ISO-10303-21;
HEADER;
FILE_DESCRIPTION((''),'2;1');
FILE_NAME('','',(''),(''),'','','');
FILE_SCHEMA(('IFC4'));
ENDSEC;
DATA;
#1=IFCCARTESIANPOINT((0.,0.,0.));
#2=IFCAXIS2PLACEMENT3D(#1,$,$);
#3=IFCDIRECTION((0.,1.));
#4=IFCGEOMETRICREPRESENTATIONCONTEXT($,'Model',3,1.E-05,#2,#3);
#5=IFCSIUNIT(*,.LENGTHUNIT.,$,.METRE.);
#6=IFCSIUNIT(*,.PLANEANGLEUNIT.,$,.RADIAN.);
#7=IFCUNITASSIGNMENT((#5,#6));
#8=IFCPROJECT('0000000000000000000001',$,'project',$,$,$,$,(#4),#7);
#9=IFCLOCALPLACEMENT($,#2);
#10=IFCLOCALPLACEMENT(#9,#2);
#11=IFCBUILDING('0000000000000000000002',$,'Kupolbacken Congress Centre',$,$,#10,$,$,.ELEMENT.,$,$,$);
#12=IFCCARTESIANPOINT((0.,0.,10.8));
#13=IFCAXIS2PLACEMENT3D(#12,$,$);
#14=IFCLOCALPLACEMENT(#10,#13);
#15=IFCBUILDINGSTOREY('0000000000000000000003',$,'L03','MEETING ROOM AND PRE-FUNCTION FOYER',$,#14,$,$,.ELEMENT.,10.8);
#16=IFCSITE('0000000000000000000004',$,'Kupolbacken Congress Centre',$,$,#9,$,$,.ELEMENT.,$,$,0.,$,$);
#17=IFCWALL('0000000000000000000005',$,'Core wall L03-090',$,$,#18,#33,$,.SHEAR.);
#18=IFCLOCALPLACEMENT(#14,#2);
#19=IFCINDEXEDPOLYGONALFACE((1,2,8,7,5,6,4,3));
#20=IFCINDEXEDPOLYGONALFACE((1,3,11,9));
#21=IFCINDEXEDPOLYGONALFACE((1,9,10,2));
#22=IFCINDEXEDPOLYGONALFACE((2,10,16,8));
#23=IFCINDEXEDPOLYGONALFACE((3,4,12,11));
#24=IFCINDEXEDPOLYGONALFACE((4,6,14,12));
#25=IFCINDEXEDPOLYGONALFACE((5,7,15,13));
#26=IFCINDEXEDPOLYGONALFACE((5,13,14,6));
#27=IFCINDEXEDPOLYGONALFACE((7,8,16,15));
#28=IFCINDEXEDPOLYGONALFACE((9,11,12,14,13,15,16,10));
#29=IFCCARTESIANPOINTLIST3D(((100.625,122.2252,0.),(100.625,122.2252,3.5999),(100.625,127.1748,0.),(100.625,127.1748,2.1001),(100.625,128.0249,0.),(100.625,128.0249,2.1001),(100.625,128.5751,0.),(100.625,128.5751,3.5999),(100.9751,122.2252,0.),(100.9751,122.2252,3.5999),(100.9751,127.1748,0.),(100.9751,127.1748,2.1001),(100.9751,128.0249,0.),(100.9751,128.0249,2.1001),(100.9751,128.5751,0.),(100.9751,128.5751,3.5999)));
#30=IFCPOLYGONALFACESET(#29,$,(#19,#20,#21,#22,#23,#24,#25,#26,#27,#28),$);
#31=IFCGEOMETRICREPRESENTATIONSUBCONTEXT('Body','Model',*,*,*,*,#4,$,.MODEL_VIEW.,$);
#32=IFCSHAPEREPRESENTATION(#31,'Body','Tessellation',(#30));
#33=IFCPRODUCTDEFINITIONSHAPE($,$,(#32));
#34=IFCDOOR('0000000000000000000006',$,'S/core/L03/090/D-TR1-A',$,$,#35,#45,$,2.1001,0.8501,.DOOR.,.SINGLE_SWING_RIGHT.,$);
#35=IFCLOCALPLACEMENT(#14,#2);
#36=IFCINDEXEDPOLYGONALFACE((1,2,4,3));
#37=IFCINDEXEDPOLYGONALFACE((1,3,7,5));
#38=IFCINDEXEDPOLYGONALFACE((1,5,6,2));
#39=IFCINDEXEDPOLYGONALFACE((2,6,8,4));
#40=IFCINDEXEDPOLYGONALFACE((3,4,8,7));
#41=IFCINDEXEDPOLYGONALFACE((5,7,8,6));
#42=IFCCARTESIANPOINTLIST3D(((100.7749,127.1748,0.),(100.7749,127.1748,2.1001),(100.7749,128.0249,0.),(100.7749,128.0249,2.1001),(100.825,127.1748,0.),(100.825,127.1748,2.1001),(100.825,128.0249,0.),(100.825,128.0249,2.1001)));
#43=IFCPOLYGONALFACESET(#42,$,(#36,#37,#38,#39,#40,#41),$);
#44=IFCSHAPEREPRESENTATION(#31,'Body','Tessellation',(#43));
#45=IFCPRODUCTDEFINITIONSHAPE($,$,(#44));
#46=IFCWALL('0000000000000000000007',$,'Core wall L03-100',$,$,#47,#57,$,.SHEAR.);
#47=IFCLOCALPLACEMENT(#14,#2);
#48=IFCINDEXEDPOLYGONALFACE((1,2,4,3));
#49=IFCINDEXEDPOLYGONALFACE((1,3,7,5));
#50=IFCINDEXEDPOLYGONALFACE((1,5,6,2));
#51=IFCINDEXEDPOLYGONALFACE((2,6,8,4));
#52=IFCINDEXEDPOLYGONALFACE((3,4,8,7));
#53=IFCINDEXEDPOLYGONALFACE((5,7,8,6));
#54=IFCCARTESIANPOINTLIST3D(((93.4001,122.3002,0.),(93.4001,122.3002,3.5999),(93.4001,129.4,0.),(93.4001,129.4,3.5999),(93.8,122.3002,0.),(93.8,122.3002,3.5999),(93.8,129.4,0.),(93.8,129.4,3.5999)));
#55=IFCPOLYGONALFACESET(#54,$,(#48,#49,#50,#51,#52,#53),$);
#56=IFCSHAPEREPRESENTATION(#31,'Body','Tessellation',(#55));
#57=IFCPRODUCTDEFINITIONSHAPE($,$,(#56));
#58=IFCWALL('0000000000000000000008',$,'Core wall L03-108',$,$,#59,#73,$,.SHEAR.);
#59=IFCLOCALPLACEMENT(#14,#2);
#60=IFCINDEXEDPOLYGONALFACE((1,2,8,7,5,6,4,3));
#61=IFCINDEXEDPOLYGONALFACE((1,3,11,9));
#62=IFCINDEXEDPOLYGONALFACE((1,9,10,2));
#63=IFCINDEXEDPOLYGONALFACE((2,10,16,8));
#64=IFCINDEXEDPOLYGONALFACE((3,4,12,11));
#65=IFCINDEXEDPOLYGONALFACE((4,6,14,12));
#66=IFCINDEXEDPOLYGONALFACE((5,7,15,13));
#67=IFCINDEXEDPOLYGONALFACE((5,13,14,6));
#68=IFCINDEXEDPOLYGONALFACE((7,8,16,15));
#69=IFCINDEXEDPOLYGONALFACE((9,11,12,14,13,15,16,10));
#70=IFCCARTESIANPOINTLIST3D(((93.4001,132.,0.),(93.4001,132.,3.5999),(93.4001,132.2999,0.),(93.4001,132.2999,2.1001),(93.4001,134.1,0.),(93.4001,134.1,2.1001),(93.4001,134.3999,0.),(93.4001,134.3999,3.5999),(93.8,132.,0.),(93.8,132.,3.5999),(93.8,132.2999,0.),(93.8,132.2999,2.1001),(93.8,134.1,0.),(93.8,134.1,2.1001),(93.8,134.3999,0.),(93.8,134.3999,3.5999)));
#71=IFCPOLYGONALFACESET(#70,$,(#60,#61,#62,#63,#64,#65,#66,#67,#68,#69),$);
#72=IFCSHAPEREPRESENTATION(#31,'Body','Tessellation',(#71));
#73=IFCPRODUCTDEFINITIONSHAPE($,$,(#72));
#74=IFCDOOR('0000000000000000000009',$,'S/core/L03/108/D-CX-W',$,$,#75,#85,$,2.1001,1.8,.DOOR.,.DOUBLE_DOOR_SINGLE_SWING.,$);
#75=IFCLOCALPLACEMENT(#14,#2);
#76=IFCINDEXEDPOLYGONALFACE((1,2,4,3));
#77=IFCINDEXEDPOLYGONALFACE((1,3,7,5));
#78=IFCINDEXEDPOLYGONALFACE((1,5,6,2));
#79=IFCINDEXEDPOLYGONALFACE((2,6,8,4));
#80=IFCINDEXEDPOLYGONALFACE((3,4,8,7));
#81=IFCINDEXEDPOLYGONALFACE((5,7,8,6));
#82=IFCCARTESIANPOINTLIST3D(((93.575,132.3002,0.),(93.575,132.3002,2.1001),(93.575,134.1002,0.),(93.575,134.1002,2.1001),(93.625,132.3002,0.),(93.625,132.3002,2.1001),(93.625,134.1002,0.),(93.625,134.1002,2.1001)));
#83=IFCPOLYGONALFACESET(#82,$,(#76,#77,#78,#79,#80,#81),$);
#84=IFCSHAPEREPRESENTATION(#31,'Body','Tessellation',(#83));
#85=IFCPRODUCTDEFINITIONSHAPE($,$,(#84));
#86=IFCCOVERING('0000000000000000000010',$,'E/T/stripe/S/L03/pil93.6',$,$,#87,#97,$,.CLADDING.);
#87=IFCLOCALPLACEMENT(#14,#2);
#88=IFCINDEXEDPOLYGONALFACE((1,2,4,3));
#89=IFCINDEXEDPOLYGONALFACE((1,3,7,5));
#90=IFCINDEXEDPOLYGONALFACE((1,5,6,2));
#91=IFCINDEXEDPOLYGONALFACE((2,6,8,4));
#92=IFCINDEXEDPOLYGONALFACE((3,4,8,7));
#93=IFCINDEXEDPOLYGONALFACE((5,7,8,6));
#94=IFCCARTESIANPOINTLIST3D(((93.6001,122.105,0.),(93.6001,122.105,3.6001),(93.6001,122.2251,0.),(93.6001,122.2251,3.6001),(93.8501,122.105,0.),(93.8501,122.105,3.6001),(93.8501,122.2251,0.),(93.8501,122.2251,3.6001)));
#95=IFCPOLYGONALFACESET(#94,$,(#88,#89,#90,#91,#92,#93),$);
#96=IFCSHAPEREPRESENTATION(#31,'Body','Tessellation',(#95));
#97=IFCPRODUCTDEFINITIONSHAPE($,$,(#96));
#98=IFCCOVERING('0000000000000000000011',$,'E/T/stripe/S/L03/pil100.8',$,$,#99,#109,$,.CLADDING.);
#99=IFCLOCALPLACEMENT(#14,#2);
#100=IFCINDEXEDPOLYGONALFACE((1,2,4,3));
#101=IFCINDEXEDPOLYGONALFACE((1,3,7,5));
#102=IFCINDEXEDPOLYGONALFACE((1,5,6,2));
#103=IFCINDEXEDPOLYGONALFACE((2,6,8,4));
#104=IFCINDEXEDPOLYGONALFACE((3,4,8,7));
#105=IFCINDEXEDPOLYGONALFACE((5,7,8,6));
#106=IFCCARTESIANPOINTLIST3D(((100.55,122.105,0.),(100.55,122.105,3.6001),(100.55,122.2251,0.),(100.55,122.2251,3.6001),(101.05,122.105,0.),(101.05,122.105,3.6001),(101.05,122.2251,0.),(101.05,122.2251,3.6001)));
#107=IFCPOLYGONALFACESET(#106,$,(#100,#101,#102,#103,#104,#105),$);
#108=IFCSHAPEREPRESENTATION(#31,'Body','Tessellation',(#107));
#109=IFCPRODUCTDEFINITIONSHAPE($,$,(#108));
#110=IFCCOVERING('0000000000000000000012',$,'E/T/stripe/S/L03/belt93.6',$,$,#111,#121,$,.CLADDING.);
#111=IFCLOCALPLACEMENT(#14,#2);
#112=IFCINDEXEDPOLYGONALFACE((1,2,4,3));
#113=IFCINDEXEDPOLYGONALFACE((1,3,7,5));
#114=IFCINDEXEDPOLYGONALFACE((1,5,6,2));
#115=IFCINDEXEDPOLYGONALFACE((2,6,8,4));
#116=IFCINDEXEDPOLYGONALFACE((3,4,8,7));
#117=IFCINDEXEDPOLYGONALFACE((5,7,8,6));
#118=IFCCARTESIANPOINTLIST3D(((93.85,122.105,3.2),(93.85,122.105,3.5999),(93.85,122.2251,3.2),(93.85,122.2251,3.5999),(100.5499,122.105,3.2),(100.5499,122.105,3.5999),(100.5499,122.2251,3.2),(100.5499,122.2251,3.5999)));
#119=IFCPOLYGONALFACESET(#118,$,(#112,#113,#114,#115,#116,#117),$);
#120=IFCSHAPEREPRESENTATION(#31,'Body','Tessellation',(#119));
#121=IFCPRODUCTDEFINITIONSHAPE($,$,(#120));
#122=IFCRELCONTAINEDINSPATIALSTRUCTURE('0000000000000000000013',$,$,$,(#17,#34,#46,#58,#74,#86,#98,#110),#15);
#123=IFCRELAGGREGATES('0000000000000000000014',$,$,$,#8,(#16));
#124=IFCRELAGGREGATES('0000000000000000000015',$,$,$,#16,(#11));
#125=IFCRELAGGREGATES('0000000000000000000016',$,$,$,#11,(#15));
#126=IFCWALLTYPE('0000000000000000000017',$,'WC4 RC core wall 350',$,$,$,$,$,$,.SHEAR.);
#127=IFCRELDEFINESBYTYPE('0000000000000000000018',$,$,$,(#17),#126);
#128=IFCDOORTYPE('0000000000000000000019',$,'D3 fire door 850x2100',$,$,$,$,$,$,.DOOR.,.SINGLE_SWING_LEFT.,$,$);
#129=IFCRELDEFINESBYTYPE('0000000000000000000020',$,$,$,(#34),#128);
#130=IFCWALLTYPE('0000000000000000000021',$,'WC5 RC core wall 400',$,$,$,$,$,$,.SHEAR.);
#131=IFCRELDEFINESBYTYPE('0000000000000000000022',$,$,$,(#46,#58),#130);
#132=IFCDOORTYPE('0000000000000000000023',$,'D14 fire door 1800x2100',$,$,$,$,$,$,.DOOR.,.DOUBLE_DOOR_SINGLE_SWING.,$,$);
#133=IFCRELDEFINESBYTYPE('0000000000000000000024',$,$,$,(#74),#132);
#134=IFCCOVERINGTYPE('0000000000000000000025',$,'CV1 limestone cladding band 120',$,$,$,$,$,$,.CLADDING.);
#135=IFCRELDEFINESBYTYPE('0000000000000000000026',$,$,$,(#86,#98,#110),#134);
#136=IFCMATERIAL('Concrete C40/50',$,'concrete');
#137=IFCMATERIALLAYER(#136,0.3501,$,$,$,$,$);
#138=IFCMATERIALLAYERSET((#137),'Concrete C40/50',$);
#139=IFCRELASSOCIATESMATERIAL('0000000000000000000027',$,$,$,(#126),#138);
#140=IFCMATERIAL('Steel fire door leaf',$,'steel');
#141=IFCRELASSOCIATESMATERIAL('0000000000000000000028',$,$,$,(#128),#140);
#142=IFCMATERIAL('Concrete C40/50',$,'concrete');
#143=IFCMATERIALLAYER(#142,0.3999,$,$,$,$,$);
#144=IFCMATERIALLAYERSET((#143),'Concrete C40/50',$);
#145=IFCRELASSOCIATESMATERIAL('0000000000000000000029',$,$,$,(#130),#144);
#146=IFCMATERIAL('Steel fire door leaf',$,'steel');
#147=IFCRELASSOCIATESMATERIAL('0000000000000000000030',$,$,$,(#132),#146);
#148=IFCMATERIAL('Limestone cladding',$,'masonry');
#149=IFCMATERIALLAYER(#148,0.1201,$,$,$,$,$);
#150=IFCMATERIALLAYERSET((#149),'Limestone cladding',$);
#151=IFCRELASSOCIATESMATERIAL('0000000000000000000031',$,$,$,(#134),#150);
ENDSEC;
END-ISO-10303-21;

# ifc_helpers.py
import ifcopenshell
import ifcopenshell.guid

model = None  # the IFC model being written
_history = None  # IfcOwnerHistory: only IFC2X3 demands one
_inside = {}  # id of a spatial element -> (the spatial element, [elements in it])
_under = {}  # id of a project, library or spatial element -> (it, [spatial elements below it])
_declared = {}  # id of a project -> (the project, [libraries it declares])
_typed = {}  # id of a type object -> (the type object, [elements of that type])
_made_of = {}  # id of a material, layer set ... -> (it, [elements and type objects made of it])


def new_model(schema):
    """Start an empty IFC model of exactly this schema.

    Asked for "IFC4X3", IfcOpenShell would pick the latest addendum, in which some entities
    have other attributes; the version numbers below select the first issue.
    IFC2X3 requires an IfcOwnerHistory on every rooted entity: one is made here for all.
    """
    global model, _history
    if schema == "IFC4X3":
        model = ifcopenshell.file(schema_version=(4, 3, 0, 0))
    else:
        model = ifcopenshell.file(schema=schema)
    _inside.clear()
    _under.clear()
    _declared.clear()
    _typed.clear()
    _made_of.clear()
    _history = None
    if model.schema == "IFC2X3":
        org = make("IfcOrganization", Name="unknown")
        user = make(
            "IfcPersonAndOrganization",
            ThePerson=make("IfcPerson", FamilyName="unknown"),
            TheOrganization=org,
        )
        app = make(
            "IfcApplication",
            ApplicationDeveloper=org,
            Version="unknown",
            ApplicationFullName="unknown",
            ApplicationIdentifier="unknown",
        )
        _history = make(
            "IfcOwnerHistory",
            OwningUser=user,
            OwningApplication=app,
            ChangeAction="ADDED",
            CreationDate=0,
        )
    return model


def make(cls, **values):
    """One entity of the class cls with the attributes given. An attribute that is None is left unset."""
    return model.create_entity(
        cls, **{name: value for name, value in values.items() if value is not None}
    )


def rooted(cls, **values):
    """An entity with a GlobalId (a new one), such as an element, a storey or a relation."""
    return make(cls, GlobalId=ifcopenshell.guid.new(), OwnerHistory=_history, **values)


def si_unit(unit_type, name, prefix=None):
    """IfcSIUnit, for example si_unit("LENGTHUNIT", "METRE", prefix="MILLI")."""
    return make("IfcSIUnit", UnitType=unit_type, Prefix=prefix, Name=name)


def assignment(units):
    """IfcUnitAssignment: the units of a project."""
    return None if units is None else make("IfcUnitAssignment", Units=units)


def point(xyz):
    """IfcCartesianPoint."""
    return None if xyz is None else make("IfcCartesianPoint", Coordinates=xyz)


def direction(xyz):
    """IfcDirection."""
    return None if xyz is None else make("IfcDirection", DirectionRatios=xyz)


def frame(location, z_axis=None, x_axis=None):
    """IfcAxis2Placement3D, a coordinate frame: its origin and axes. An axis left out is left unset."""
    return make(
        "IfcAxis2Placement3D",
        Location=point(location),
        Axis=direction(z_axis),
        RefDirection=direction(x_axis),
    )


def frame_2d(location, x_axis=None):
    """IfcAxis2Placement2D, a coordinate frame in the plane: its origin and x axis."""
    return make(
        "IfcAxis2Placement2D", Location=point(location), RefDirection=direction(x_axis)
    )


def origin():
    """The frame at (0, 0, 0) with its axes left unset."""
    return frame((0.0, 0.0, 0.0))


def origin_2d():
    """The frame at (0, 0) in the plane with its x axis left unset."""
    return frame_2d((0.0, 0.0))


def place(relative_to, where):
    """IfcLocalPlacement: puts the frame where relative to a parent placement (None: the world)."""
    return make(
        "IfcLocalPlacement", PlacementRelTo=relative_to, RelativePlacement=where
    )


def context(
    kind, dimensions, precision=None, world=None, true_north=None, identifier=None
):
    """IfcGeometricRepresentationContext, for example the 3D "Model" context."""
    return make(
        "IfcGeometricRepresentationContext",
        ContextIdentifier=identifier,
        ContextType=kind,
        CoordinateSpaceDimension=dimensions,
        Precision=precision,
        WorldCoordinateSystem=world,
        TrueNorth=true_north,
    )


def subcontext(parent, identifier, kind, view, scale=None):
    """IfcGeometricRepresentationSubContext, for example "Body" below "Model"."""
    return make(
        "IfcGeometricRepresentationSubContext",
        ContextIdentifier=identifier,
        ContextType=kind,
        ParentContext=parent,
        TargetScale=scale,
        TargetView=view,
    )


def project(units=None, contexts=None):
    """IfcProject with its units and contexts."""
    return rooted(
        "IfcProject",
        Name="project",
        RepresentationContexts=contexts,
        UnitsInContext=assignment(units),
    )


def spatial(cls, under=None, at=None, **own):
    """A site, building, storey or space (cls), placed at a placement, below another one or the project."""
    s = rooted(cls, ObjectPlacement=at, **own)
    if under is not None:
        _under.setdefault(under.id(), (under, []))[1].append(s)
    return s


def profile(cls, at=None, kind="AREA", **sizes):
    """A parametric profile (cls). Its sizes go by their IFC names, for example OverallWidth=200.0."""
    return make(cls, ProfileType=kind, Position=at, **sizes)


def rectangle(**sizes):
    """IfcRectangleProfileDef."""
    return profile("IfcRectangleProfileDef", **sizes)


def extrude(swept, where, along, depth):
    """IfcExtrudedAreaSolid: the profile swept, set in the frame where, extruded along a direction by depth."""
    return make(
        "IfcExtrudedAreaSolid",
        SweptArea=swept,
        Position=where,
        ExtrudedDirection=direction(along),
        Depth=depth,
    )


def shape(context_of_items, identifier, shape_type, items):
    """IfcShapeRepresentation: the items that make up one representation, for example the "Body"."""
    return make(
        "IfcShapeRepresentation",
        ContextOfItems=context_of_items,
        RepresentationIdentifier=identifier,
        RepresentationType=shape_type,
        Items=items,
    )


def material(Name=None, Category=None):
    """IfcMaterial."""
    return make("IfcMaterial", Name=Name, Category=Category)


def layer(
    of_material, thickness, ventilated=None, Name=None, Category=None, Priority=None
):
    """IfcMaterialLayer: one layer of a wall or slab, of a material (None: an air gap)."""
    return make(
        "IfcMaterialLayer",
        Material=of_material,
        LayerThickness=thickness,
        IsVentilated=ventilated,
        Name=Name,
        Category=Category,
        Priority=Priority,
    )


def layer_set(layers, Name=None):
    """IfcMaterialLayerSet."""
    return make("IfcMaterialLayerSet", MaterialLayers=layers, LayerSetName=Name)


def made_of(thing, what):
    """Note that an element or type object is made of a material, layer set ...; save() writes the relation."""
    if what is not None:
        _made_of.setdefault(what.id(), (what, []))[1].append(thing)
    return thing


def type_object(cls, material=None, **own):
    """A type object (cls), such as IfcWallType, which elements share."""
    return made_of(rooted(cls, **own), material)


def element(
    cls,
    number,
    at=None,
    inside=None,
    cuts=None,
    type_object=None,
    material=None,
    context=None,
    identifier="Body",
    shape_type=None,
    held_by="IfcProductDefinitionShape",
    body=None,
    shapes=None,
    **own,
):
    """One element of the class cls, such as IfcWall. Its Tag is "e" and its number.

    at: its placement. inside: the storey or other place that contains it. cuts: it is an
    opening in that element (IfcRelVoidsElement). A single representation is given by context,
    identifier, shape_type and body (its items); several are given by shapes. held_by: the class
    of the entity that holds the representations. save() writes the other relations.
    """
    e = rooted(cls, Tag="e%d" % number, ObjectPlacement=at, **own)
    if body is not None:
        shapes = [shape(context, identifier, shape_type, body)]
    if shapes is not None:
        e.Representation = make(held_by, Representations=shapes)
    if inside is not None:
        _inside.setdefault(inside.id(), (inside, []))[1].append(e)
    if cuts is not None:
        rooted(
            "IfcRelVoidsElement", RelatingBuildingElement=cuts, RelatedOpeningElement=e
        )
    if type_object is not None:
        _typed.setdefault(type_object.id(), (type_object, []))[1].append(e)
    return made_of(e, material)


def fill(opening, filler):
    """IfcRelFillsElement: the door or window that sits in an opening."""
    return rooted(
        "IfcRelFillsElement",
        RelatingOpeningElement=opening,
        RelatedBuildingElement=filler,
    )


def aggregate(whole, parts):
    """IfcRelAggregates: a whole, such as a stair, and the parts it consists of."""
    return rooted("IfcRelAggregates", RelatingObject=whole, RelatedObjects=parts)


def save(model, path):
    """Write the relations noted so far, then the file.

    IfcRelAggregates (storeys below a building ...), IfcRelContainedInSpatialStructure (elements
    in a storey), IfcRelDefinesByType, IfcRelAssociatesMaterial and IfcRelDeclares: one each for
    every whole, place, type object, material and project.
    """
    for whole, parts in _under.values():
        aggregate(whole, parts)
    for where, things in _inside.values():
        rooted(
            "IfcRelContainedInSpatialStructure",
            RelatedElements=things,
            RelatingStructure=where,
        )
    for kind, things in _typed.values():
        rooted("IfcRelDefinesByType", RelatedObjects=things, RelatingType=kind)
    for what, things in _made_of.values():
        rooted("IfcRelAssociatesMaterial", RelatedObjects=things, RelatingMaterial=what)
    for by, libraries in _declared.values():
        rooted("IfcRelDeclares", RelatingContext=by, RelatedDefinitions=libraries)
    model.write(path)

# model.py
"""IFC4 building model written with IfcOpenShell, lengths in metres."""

from ifc_helpers import new_model, si_unit, direction, frame, frame_2d, origin, origin_2d, place, context, subcontext, project, spatial, rectangle, extrude, material, layer, layer_set, type_object, element, fill, save


model = new_model("IFC4")

# Units and contexts
model_context = context("Model", 3, precision=1e-05, world=origin(), true_north=direction((0.0, 1.0)))
body_context = subcontext(model_context, "Body", "Model", "MODEL_VIEW")
ifc_project = project(units=[si_unit("LENGTHUNIT", "METRE"), si_unit("PLANEANGLEUNIT", "RADIAN")], contexts=[model_context])

# Site, building, storey
site_placement = place(None, origin())
site = spatial("IfcSite", under=ifc_project, at=site_placement, Name="Kupolbacken Congress Centre", CompositionType="ELEMENT", RefElevation=0.0)
building_placement = place(site_placement, origin())
building = spatial("IfcBuilding", under=site, at=building_placement, Name="Kupolbacken Congress Centre", CompositionType="ELEMENT")
storey_placement = place(building_placement, frame((0.0, 0.0, 10.8)))
storey = spatial("IfcBuildingStorey", under=building, at=storey_placement, Name="L03", Description="MEETING ROOM AND PRE-FUNCTION FOYER", CompositionType="ELEMENT", Elevation=10.8)

# Wall, opening, door
ifc_material_1 = material(Name="Concrete C40/50", Category="concrete")
ifc_layer_1 = layer(ifc_material_1, 0.3501)
ifc_layer_set_1 = layer_set([ifc_layer_1], Name="Concrete C40/50")
wall_type_1 = type_object("IfcWallType", Name="WC4 RC core wall 350", PredefinedType="SHEAR", material=ifc_layer_set_1)
wall_1_placement = place(storey_placement, frame((100.8, 128.575, 0.0), z_axis=(0.0, 0.0, 1.0), x_axis=(0.0, -1.0, 0.0)))
wall_1 = element("IfcWall", 1, at=wall_1_placement, inside=storey, type_object=wall_type_1, Name="Core wall L03-090", PredefinedType="SHEAR", context=body_context, shape_type="SweptSolid", body=[
    extrude(rectangle(XDim=6.3499, YDim=0.3501, at=frame_2d((3.1748, 0.0))), origin(), (0.0, 0.0, 1.0), 3.5999),
])
opening_1_placement = place(wall_1_placement, frame((0.55, 0.0, 0.0)))
opening_1 = element("IfcOpeningElement", 2, at=opening_1_placement, cuts=wall_1, PredefinedType="OPENING", context=body_context, shape_type="SweptSolid", body=[
    extrude(rectangle(XDim=0.8501, YDim=2.1001, at=frame_2d((0.425, 1.05))), frame((0.0, 0.1851, 0.0), z_axis=(0.0, -1.0, 0.0), x_axis=(1.0, 0.0, 0.0)), (0.0, 0.0, 1.0), 0.3701),
])
ifc_material_2 = material(Name="Steel fire door leaf", Category="steel")
door_type_1 = type_object("IfcDoorType", Name="D3 fire door 850x2100", OperationType="SINGLE_SWING_LEFT", PredefinedType="DOOR", material=ifc_material_2)
door_1_placement = place(opening_1_placement, origin())
door_1 = element("IfcDoor", 3, at=door_1_placement, inside=storey, type_object=door_type_1, Name="S/core/L03/090/D-TR1-A", OperationType="SINGLE_SWING_RIGHT", OverallHeight=2.1001, OverallWidth=0.8501, PredefinedType="DOOR", context=body_context, shape_type="SweptSolid", body=[
    extrude(rectangle(XDim=0.8501, YDim=2.1001, at=frame_2d((0.425, 1.05))), frame((0.0, 0.0249, 0.0), z_axis=(0.0, -1.0, 0.0), x_axis=(1.0, 0.0, 0.0)), (0.0, 0.0, 1.0), 0.05),
])
fill(opening_1, door_1)

# Wall
ifc_material_3 = material(Name="Concrete C40/50", Category="concrete")
ifc_layer_2 = layer(ifc_material_3, 0.3999)
ifc_layer_set_2 = layer_set([ifc_layer_2], Name="Concrete C40/50")
wall_type_2 = type_object("IfcWallType", Name="WC5 RC core wall 400", PredefinedType="SHEAR", material=ifc_layer_set_2)
wall_2_placement = place(storey_placement, frame((93.6001, 129.3999, 0.0), z_axis=(0.0, 0.0, 1.0), x_axis=(0.0, -1.0, 0.0)))
element("IfcWall", 4, at=wall_2_placement, inside=storey, type_object=wall_type_2, Name="Core wall L03-100", PredefinedType="SHEAR", context=body_context, shape_type="SweptSolid", body=[
    extrude(rectangle(XDim=7.0999, YDim=0.3999, at=frame_2d((3.5498, 0.0))), origin(), (0.0, 0.0, 1.0), 3.5999),
])

# Wall, opening, door
wall_3_placement = place(storey_placement, frame((93.6001, 132.0, 0.0), z_axis=(0.0, 0.0, 1.0), x_axis=(0.0, 1.0, 0.0)))
wall_3 = element("IfcWall", 5, at=wall_3_placement, inside=storey, type_object=wall_type_2, Name="Core wall L03-108", PredefinedType="SHEAR", context=body_context, shape_type="SweptSolid", body=[
    extrude(rectangle(XDim=2.3999, YDim=0.3999, at=frame_2d((1.2, 0.0))), origin(), (0.0, 0.0, 1.0), 3.5999),
])
opening_2_placement = place(wall_3_placement, frame((0.3, 0.0, 0.0)))
opening_2 = element("IfcOpeningElement", 6, at=opening_2_placement, cuts=wall_3, PredefinedType="OPENING", context=body_context, shape_type="SweptSolid", body=[
    extrude(rectangle(XDim=1.8, YDim=2.1001, at=frame_2d((0.8999, 1.05))), frame((0.0, 0.21, 0.0), z_axis=(0.0, -1.0, 0.0), x_axis=(1.0, 0.0, 0.0)), (0.0, 0.0, 1.0), 0.4199),
])
ifc_material_4 = material(Name="Steel fire door leaf", Category="steel")
door_type_2 = type_object("IfcDoorType", Name="D14 fire door 1800x2100", OperationType="DOUBLE_DOOR_SINGLE_SWING", PredefinedType="DOOR", material=ifc_material_4)
door_2_placement = place(opening_2_placement, frame((1.8, 0.0, 0.0), z_axis=(0.0, 0.0, 1.0), x_axis=(-1.0, 0.0, 0.0)))
door_2 = element("IfcDoor", 7, at=door_2_placement, inside=storey, type_object=door_type_2, Name="S/core/L03/108/D-CX-W", OperationType="DOUBLE_DOOR_SINGLE_SWING", OverallHeight=2.1001, OverallWidth=1.8, PredefinedType="DOOR", context=body_context, shape_type="SweptSolid", body=[
    extrude(rectangle(XDim=1.8, YDim=2.1001, at=frame_2d((0.8999, 1.05))), frame((0.0, 0.0249, 0.0), z_axis=(0.0, -1.0, 0.0), x_axis=(1.0, 0.0, 0.0)), (0.0, 0.0, 1.0), 0.05),
])
fill(opening_2, door_2)

# Coverings
ifc_material_5 = material(Name="Limestone cladding", Category="masonry")
ifc_layer_3 = layer(ifc_material_5, 0.1201)
ifc_layer_set_3 = layer_set([ifc_layer_3], Name="Limestone cladding")
covering_type = type_object("IfcCoveringType", Name="CV1 limestone cladding band 120", PredefinedType="CLADDING", material=ifc_layer_set_3)
covering_1_placement = place(storey_placement, frame((93.7251, 122.165, 0.0), z_axis=(0.0, 0.0, 1.0), x_axis=(1.0, 0.0, 0.0)))
element("IfcCovering", 8, at=covering_1_placement, inside=storey, type_object=covering_type, Name="E/T/stripe/S/L03/pil93.6", PredefinedType="CLADDING", context=body_context, shape_type="SweptSolid", body=[
    extrude(rectangle(XDim=0.25, YDim=0.1201, at=origin_2d()), origin(), (0.0, 0.0, 1.0), 3.6001),
])
covering_2_placement = place(storey_placement, frame((100.8, 122.165, 0.0), z_axis=(0.0, 0.0, 1.0), x_axis=(1.0, 0.0, 0.0)))
element("IfcCovering", 9, at=covering_2_placement, inside=storey, type_object=covering_type, Name="E/T/stripe/S/L03/pil100.8", PredefinedType="CLADDING", context=body_context, shape_type="SweptSolid", body=[
    extrude(rectangle(XDim=0.5, YDim=0.1201, at=origin_2d()), origin(), (0.0, 0.0, 1.0), 3.6001),
])
covering_3_placement = place(storey_placement, frame((97.2, 122.165, 3.2), z_axis=(0.0, 0.0, 1.0), x_axis=(1.0, 0.0, 0.0)))
element("IfcCovering", 10, at=covering_3_placement, inside=storey, type_object=covering_type, Name="E/T/stripe/S/L03/belt93.6", PredefinedType="CLADDING", context=body_context, shape_type="SweptSolid", body=[
    extrude(rectangle(XDim=6.7, YDim=0.1201, at=origin_2d()), origin(), (0.0, 0.0, 1.0), 0.3999),
])

save(model, "model.ifc")
